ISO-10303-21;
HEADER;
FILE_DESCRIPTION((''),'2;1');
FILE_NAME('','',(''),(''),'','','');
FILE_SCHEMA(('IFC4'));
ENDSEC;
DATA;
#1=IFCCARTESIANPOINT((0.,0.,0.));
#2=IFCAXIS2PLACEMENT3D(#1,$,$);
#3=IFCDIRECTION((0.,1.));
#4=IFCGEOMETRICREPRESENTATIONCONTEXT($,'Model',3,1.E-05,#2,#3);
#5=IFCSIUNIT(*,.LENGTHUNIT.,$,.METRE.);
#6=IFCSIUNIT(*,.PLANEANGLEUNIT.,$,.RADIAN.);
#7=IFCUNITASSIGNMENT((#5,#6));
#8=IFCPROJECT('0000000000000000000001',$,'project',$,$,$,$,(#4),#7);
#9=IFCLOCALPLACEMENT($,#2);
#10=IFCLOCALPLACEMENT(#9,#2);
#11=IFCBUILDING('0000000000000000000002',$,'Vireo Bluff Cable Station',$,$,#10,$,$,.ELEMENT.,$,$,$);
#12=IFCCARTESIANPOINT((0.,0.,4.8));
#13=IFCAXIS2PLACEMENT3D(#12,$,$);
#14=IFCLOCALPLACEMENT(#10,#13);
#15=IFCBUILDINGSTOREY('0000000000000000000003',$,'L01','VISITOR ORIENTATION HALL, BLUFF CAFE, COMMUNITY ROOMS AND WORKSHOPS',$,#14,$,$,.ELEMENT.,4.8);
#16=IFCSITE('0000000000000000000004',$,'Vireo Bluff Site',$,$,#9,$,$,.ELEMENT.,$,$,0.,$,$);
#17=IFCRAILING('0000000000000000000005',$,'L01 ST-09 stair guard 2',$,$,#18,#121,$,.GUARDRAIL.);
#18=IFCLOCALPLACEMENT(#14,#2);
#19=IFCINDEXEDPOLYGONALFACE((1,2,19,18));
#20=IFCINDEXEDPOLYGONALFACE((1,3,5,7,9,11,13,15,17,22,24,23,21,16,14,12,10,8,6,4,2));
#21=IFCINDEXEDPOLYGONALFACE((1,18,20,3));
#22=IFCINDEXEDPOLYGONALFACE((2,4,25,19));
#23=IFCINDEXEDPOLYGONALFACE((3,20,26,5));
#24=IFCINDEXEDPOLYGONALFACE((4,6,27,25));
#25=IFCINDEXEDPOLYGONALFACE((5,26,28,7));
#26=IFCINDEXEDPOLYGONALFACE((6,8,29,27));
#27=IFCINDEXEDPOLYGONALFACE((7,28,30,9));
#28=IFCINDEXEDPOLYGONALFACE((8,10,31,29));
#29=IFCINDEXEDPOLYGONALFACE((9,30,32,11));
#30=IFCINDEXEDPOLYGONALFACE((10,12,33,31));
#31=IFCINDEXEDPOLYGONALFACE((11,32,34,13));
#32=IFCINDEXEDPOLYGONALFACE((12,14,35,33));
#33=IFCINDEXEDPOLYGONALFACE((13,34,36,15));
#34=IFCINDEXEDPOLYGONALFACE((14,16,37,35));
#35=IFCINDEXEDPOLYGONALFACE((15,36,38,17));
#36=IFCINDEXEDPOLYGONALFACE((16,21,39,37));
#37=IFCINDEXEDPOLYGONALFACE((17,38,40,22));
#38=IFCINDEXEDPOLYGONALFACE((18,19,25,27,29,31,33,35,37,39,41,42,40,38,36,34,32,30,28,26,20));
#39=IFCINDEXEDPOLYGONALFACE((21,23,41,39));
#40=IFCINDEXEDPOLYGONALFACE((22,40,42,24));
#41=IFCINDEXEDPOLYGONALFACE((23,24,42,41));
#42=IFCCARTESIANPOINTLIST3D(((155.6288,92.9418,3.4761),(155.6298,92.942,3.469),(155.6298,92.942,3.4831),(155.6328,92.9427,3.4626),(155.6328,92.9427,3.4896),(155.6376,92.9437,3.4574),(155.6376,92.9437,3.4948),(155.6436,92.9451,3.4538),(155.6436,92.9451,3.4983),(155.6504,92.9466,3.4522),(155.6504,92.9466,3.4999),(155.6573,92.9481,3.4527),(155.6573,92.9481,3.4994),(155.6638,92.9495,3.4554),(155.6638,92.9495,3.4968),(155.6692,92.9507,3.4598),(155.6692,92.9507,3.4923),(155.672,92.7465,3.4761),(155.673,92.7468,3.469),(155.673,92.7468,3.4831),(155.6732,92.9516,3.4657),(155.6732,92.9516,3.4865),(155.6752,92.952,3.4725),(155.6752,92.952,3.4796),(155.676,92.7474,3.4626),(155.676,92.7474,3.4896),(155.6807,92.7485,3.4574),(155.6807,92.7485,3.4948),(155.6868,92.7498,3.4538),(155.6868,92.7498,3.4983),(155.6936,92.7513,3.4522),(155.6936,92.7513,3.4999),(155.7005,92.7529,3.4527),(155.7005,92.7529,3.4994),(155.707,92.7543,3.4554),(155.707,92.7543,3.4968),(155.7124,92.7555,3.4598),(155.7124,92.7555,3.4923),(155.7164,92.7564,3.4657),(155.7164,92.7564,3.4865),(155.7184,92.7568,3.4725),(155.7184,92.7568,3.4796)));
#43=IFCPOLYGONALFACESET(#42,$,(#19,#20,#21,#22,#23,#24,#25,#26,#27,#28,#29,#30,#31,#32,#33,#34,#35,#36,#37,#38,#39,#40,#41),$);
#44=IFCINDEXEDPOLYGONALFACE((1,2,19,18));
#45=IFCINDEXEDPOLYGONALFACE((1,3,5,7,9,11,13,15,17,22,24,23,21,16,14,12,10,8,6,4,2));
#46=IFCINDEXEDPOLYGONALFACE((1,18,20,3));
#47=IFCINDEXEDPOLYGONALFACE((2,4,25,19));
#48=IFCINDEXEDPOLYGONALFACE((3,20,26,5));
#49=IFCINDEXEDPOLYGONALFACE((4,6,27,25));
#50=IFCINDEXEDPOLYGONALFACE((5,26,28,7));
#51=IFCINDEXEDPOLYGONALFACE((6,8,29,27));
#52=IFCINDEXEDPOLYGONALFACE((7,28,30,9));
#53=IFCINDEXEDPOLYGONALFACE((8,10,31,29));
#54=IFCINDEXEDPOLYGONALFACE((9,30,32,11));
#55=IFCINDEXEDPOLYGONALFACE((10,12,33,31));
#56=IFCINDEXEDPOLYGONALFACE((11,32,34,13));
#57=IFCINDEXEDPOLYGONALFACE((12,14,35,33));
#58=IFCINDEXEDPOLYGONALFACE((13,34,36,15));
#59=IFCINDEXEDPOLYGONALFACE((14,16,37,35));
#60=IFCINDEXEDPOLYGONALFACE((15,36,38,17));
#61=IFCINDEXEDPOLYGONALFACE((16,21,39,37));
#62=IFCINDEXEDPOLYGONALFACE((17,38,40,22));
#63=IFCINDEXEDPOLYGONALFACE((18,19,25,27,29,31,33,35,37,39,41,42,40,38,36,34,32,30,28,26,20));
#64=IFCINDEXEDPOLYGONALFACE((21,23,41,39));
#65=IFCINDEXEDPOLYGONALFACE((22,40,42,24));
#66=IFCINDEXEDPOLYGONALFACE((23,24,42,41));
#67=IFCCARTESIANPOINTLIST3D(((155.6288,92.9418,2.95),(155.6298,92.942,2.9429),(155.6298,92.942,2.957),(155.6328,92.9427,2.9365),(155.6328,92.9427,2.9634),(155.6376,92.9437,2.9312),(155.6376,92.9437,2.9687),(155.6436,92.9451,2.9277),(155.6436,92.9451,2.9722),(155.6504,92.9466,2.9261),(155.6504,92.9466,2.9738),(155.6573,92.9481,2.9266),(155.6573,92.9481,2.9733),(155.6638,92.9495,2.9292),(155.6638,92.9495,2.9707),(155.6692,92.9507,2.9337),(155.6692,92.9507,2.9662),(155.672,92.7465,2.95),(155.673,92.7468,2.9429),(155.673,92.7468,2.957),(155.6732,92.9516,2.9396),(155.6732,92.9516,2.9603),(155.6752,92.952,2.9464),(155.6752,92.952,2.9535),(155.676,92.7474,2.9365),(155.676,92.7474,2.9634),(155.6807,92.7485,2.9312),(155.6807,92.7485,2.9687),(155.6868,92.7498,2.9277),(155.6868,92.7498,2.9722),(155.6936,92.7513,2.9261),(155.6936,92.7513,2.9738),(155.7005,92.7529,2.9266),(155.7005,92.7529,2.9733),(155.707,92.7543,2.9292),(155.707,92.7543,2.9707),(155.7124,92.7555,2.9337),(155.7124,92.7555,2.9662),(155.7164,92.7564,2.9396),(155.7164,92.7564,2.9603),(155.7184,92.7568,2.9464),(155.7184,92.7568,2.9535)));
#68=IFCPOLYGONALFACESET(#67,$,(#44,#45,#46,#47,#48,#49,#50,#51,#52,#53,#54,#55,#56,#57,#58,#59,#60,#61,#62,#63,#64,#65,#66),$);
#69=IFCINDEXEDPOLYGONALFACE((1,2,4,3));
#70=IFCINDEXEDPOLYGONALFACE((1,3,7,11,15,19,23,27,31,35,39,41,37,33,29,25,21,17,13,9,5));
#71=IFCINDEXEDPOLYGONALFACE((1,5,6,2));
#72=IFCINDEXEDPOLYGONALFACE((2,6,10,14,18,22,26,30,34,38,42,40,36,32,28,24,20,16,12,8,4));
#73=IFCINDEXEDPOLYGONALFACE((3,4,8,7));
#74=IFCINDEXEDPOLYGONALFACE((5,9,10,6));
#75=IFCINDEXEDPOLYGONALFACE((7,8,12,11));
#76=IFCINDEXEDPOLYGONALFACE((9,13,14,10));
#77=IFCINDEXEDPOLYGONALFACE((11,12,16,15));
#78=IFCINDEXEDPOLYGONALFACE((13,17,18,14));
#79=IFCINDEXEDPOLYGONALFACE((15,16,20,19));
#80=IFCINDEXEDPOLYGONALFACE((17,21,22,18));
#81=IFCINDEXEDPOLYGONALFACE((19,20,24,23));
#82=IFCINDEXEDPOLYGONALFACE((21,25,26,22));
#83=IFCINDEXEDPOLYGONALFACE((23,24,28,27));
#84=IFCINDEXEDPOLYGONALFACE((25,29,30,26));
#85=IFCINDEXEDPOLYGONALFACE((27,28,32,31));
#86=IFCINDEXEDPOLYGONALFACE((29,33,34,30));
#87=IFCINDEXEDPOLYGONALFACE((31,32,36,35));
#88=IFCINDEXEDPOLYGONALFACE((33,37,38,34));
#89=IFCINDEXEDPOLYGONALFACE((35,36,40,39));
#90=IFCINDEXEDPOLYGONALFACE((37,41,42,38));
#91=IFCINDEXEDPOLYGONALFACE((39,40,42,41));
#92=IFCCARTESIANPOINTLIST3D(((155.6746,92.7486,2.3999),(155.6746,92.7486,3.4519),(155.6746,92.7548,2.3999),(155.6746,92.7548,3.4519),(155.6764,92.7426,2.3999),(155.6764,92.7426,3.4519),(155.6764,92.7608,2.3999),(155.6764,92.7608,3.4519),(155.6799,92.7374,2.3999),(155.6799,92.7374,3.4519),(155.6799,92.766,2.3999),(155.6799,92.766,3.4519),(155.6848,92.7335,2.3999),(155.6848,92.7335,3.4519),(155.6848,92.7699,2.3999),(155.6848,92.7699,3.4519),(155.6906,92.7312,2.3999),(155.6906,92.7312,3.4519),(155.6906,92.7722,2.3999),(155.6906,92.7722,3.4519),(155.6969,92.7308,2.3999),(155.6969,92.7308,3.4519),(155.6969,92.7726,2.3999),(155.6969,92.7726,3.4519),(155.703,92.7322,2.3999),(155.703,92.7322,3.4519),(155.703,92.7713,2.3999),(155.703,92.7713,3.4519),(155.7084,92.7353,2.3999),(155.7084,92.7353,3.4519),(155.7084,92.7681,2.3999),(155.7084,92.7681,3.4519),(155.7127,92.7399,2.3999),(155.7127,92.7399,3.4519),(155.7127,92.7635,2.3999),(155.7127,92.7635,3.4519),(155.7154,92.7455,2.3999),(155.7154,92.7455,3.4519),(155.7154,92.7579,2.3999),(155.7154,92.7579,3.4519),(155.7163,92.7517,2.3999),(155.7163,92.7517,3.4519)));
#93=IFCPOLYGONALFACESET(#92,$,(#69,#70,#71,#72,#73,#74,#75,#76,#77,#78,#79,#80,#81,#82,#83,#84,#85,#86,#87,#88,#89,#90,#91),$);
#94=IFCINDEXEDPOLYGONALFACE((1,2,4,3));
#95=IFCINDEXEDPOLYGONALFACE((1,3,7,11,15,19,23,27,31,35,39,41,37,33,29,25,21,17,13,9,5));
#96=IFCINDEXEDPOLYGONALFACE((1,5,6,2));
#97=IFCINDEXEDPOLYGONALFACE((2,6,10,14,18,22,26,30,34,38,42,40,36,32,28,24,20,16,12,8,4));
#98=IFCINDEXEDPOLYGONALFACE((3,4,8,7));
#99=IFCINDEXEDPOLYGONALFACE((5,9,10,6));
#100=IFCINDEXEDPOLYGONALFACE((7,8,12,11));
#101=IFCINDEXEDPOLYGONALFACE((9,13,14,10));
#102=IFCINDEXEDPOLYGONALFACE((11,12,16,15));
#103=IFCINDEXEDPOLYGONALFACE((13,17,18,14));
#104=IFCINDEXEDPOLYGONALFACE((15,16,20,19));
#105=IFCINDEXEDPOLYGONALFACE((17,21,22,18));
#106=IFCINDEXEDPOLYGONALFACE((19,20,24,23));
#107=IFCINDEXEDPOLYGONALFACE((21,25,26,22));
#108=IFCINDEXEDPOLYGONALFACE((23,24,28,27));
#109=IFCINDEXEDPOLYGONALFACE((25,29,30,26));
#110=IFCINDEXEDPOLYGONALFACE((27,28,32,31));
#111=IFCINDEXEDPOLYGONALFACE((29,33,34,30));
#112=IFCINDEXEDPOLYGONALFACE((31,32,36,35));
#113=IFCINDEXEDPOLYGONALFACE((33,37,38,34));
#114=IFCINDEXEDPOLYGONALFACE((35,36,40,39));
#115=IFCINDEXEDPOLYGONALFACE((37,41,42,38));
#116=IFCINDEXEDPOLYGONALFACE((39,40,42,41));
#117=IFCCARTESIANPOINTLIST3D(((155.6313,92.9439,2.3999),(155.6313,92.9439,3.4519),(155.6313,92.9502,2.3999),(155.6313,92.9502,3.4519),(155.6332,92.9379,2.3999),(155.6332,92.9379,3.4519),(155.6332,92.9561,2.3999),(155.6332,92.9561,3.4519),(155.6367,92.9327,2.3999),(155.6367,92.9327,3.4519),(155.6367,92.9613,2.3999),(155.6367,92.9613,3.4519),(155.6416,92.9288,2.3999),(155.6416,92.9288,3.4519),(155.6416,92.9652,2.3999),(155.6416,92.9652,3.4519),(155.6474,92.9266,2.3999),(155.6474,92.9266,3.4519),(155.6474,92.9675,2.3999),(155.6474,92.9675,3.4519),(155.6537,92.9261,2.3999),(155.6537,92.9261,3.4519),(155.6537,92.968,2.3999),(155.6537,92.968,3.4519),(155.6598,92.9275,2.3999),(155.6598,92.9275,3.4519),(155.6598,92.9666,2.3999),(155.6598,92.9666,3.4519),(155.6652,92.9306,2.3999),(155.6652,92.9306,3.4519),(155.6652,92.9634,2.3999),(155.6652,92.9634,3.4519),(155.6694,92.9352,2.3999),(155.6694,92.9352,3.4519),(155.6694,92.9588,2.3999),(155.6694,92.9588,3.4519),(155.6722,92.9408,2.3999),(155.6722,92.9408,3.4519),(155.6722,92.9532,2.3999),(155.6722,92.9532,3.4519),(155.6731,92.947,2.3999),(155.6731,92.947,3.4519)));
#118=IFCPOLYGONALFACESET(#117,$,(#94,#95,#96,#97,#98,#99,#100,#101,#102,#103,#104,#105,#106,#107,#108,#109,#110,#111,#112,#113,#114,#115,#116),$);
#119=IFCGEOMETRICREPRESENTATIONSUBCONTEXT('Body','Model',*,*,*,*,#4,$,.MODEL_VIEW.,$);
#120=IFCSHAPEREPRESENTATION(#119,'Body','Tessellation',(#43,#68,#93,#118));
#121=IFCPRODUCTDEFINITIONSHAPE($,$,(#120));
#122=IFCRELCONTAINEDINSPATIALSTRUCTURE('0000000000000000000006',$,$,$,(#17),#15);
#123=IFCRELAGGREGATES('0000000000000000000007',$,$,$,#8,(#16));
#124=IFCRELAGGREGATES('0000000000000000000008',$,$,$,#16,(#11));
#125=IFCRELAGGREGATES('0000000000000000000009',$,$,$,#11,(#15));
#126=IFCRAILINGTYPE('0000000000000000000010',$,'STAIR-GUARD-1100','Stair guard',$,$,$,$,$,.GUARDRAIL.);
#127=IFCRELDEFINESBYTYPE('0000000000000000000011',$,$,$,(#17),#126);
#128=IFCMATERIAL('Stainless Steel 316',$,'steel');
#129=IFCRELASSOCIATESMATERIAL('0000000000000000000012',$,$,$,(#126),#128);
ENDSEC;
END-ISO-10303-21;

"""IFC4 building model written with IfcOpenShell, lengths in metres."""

from ifc_helpers import new_model, si_unit, direction, frame, origin, origin_2d, place, context, subcontext, project, spatial, circle, extrude, material, type_object, element, save


model = new_model("IFC4")

# Units and contexts
model_context = context("Model", 3, precision=1e-05, world=origin(), true_north=direction((0.0, 1.0)))
body_context = subcontext(model_context, "Body", "Model", "MODEL_VIEW")
ifc_project = project(units=[si_unit("LENGTHUNIT", "METRE"), si_unit("PLANEANGLEUNIT", "RADIAN")], contexts=[model_context])

# Site, building, storey
site_placement = place(None, origin())
site = spatial("IfcSite", under=ifc_project, at=site_placement, Name="Vireo Bluff Site", CompositionType="ELEMENT", RefElevation=0.0)
building_placement = place(site_placement, origin())
building = spatial("IfcBuilding", under=site, at=building_placement, Name="Vireo Bluff Cable Station", CompositionType="ELEMENT")
storey_placement = place(building_placement, frame((0.0, 0.0, 4.8)))
storey = spatial("IfcBuildingStorey", under=building, at=storey_placement, Name="L01", Description="VISITOR ORIENTATION HALL, BLUFF CAFE, COMMUNITY ROOMS AND WORKSHOPS", CompositionType="ELEMENT", Elevation=4.8)

# Railing
ifc_material_1 = material(Name="Stainless Steel 316", Category="steel")
railing_type_1 = type_object("IfcRailingType", Name="STAIR-GUARD-1100", Description="Stair guard", PredefinedType="GUARDRAIL", material=ifc_material_1)
railing_1_placement = place(storey_placement, frame((155.6953, 92.7517, 2.3999)))
element("IfcRailing", 1, at=railing_1_placement, inside=storey, type_object=railing_type_1, Name="L01 ST-09 stair guard 2", PredefinedType="GUARDRAIL", context=body_context, shape_type="SweptSolid", body=[
    extrude(circle(Radius=0.0239, at=origin_2d()), frame((0.0, 0.0, 1.0762), z_axis=(-0.216026, 0.976388, 0.0), x_axis=(-0.976388, -0.216026, 0.0)), (0.0, 0.0, 1.0), 0.2),
    extrude(circle(Radius=0.0239, at=origin_2d()), frame((0.0, 0.0, 0.55), z_axis=(-0.216026, 0.976388, 0.0), x_axis=(-0.976388, -0.216026, 0.0)), (0.0, 0.0, 1.0), 0.2),
    extrude(circle(Radius=0.021, at=origin_2d()), origin(), (0.0, 0.0, 1.0), 1.052),
    extrude(circle(Radius=0.021, at=origin_2d()), frame((-0.0432, 0.1953, 0.0)), (0.0, 0.0, 1.0), 1.052),
])

save(model, "model.ifc")
